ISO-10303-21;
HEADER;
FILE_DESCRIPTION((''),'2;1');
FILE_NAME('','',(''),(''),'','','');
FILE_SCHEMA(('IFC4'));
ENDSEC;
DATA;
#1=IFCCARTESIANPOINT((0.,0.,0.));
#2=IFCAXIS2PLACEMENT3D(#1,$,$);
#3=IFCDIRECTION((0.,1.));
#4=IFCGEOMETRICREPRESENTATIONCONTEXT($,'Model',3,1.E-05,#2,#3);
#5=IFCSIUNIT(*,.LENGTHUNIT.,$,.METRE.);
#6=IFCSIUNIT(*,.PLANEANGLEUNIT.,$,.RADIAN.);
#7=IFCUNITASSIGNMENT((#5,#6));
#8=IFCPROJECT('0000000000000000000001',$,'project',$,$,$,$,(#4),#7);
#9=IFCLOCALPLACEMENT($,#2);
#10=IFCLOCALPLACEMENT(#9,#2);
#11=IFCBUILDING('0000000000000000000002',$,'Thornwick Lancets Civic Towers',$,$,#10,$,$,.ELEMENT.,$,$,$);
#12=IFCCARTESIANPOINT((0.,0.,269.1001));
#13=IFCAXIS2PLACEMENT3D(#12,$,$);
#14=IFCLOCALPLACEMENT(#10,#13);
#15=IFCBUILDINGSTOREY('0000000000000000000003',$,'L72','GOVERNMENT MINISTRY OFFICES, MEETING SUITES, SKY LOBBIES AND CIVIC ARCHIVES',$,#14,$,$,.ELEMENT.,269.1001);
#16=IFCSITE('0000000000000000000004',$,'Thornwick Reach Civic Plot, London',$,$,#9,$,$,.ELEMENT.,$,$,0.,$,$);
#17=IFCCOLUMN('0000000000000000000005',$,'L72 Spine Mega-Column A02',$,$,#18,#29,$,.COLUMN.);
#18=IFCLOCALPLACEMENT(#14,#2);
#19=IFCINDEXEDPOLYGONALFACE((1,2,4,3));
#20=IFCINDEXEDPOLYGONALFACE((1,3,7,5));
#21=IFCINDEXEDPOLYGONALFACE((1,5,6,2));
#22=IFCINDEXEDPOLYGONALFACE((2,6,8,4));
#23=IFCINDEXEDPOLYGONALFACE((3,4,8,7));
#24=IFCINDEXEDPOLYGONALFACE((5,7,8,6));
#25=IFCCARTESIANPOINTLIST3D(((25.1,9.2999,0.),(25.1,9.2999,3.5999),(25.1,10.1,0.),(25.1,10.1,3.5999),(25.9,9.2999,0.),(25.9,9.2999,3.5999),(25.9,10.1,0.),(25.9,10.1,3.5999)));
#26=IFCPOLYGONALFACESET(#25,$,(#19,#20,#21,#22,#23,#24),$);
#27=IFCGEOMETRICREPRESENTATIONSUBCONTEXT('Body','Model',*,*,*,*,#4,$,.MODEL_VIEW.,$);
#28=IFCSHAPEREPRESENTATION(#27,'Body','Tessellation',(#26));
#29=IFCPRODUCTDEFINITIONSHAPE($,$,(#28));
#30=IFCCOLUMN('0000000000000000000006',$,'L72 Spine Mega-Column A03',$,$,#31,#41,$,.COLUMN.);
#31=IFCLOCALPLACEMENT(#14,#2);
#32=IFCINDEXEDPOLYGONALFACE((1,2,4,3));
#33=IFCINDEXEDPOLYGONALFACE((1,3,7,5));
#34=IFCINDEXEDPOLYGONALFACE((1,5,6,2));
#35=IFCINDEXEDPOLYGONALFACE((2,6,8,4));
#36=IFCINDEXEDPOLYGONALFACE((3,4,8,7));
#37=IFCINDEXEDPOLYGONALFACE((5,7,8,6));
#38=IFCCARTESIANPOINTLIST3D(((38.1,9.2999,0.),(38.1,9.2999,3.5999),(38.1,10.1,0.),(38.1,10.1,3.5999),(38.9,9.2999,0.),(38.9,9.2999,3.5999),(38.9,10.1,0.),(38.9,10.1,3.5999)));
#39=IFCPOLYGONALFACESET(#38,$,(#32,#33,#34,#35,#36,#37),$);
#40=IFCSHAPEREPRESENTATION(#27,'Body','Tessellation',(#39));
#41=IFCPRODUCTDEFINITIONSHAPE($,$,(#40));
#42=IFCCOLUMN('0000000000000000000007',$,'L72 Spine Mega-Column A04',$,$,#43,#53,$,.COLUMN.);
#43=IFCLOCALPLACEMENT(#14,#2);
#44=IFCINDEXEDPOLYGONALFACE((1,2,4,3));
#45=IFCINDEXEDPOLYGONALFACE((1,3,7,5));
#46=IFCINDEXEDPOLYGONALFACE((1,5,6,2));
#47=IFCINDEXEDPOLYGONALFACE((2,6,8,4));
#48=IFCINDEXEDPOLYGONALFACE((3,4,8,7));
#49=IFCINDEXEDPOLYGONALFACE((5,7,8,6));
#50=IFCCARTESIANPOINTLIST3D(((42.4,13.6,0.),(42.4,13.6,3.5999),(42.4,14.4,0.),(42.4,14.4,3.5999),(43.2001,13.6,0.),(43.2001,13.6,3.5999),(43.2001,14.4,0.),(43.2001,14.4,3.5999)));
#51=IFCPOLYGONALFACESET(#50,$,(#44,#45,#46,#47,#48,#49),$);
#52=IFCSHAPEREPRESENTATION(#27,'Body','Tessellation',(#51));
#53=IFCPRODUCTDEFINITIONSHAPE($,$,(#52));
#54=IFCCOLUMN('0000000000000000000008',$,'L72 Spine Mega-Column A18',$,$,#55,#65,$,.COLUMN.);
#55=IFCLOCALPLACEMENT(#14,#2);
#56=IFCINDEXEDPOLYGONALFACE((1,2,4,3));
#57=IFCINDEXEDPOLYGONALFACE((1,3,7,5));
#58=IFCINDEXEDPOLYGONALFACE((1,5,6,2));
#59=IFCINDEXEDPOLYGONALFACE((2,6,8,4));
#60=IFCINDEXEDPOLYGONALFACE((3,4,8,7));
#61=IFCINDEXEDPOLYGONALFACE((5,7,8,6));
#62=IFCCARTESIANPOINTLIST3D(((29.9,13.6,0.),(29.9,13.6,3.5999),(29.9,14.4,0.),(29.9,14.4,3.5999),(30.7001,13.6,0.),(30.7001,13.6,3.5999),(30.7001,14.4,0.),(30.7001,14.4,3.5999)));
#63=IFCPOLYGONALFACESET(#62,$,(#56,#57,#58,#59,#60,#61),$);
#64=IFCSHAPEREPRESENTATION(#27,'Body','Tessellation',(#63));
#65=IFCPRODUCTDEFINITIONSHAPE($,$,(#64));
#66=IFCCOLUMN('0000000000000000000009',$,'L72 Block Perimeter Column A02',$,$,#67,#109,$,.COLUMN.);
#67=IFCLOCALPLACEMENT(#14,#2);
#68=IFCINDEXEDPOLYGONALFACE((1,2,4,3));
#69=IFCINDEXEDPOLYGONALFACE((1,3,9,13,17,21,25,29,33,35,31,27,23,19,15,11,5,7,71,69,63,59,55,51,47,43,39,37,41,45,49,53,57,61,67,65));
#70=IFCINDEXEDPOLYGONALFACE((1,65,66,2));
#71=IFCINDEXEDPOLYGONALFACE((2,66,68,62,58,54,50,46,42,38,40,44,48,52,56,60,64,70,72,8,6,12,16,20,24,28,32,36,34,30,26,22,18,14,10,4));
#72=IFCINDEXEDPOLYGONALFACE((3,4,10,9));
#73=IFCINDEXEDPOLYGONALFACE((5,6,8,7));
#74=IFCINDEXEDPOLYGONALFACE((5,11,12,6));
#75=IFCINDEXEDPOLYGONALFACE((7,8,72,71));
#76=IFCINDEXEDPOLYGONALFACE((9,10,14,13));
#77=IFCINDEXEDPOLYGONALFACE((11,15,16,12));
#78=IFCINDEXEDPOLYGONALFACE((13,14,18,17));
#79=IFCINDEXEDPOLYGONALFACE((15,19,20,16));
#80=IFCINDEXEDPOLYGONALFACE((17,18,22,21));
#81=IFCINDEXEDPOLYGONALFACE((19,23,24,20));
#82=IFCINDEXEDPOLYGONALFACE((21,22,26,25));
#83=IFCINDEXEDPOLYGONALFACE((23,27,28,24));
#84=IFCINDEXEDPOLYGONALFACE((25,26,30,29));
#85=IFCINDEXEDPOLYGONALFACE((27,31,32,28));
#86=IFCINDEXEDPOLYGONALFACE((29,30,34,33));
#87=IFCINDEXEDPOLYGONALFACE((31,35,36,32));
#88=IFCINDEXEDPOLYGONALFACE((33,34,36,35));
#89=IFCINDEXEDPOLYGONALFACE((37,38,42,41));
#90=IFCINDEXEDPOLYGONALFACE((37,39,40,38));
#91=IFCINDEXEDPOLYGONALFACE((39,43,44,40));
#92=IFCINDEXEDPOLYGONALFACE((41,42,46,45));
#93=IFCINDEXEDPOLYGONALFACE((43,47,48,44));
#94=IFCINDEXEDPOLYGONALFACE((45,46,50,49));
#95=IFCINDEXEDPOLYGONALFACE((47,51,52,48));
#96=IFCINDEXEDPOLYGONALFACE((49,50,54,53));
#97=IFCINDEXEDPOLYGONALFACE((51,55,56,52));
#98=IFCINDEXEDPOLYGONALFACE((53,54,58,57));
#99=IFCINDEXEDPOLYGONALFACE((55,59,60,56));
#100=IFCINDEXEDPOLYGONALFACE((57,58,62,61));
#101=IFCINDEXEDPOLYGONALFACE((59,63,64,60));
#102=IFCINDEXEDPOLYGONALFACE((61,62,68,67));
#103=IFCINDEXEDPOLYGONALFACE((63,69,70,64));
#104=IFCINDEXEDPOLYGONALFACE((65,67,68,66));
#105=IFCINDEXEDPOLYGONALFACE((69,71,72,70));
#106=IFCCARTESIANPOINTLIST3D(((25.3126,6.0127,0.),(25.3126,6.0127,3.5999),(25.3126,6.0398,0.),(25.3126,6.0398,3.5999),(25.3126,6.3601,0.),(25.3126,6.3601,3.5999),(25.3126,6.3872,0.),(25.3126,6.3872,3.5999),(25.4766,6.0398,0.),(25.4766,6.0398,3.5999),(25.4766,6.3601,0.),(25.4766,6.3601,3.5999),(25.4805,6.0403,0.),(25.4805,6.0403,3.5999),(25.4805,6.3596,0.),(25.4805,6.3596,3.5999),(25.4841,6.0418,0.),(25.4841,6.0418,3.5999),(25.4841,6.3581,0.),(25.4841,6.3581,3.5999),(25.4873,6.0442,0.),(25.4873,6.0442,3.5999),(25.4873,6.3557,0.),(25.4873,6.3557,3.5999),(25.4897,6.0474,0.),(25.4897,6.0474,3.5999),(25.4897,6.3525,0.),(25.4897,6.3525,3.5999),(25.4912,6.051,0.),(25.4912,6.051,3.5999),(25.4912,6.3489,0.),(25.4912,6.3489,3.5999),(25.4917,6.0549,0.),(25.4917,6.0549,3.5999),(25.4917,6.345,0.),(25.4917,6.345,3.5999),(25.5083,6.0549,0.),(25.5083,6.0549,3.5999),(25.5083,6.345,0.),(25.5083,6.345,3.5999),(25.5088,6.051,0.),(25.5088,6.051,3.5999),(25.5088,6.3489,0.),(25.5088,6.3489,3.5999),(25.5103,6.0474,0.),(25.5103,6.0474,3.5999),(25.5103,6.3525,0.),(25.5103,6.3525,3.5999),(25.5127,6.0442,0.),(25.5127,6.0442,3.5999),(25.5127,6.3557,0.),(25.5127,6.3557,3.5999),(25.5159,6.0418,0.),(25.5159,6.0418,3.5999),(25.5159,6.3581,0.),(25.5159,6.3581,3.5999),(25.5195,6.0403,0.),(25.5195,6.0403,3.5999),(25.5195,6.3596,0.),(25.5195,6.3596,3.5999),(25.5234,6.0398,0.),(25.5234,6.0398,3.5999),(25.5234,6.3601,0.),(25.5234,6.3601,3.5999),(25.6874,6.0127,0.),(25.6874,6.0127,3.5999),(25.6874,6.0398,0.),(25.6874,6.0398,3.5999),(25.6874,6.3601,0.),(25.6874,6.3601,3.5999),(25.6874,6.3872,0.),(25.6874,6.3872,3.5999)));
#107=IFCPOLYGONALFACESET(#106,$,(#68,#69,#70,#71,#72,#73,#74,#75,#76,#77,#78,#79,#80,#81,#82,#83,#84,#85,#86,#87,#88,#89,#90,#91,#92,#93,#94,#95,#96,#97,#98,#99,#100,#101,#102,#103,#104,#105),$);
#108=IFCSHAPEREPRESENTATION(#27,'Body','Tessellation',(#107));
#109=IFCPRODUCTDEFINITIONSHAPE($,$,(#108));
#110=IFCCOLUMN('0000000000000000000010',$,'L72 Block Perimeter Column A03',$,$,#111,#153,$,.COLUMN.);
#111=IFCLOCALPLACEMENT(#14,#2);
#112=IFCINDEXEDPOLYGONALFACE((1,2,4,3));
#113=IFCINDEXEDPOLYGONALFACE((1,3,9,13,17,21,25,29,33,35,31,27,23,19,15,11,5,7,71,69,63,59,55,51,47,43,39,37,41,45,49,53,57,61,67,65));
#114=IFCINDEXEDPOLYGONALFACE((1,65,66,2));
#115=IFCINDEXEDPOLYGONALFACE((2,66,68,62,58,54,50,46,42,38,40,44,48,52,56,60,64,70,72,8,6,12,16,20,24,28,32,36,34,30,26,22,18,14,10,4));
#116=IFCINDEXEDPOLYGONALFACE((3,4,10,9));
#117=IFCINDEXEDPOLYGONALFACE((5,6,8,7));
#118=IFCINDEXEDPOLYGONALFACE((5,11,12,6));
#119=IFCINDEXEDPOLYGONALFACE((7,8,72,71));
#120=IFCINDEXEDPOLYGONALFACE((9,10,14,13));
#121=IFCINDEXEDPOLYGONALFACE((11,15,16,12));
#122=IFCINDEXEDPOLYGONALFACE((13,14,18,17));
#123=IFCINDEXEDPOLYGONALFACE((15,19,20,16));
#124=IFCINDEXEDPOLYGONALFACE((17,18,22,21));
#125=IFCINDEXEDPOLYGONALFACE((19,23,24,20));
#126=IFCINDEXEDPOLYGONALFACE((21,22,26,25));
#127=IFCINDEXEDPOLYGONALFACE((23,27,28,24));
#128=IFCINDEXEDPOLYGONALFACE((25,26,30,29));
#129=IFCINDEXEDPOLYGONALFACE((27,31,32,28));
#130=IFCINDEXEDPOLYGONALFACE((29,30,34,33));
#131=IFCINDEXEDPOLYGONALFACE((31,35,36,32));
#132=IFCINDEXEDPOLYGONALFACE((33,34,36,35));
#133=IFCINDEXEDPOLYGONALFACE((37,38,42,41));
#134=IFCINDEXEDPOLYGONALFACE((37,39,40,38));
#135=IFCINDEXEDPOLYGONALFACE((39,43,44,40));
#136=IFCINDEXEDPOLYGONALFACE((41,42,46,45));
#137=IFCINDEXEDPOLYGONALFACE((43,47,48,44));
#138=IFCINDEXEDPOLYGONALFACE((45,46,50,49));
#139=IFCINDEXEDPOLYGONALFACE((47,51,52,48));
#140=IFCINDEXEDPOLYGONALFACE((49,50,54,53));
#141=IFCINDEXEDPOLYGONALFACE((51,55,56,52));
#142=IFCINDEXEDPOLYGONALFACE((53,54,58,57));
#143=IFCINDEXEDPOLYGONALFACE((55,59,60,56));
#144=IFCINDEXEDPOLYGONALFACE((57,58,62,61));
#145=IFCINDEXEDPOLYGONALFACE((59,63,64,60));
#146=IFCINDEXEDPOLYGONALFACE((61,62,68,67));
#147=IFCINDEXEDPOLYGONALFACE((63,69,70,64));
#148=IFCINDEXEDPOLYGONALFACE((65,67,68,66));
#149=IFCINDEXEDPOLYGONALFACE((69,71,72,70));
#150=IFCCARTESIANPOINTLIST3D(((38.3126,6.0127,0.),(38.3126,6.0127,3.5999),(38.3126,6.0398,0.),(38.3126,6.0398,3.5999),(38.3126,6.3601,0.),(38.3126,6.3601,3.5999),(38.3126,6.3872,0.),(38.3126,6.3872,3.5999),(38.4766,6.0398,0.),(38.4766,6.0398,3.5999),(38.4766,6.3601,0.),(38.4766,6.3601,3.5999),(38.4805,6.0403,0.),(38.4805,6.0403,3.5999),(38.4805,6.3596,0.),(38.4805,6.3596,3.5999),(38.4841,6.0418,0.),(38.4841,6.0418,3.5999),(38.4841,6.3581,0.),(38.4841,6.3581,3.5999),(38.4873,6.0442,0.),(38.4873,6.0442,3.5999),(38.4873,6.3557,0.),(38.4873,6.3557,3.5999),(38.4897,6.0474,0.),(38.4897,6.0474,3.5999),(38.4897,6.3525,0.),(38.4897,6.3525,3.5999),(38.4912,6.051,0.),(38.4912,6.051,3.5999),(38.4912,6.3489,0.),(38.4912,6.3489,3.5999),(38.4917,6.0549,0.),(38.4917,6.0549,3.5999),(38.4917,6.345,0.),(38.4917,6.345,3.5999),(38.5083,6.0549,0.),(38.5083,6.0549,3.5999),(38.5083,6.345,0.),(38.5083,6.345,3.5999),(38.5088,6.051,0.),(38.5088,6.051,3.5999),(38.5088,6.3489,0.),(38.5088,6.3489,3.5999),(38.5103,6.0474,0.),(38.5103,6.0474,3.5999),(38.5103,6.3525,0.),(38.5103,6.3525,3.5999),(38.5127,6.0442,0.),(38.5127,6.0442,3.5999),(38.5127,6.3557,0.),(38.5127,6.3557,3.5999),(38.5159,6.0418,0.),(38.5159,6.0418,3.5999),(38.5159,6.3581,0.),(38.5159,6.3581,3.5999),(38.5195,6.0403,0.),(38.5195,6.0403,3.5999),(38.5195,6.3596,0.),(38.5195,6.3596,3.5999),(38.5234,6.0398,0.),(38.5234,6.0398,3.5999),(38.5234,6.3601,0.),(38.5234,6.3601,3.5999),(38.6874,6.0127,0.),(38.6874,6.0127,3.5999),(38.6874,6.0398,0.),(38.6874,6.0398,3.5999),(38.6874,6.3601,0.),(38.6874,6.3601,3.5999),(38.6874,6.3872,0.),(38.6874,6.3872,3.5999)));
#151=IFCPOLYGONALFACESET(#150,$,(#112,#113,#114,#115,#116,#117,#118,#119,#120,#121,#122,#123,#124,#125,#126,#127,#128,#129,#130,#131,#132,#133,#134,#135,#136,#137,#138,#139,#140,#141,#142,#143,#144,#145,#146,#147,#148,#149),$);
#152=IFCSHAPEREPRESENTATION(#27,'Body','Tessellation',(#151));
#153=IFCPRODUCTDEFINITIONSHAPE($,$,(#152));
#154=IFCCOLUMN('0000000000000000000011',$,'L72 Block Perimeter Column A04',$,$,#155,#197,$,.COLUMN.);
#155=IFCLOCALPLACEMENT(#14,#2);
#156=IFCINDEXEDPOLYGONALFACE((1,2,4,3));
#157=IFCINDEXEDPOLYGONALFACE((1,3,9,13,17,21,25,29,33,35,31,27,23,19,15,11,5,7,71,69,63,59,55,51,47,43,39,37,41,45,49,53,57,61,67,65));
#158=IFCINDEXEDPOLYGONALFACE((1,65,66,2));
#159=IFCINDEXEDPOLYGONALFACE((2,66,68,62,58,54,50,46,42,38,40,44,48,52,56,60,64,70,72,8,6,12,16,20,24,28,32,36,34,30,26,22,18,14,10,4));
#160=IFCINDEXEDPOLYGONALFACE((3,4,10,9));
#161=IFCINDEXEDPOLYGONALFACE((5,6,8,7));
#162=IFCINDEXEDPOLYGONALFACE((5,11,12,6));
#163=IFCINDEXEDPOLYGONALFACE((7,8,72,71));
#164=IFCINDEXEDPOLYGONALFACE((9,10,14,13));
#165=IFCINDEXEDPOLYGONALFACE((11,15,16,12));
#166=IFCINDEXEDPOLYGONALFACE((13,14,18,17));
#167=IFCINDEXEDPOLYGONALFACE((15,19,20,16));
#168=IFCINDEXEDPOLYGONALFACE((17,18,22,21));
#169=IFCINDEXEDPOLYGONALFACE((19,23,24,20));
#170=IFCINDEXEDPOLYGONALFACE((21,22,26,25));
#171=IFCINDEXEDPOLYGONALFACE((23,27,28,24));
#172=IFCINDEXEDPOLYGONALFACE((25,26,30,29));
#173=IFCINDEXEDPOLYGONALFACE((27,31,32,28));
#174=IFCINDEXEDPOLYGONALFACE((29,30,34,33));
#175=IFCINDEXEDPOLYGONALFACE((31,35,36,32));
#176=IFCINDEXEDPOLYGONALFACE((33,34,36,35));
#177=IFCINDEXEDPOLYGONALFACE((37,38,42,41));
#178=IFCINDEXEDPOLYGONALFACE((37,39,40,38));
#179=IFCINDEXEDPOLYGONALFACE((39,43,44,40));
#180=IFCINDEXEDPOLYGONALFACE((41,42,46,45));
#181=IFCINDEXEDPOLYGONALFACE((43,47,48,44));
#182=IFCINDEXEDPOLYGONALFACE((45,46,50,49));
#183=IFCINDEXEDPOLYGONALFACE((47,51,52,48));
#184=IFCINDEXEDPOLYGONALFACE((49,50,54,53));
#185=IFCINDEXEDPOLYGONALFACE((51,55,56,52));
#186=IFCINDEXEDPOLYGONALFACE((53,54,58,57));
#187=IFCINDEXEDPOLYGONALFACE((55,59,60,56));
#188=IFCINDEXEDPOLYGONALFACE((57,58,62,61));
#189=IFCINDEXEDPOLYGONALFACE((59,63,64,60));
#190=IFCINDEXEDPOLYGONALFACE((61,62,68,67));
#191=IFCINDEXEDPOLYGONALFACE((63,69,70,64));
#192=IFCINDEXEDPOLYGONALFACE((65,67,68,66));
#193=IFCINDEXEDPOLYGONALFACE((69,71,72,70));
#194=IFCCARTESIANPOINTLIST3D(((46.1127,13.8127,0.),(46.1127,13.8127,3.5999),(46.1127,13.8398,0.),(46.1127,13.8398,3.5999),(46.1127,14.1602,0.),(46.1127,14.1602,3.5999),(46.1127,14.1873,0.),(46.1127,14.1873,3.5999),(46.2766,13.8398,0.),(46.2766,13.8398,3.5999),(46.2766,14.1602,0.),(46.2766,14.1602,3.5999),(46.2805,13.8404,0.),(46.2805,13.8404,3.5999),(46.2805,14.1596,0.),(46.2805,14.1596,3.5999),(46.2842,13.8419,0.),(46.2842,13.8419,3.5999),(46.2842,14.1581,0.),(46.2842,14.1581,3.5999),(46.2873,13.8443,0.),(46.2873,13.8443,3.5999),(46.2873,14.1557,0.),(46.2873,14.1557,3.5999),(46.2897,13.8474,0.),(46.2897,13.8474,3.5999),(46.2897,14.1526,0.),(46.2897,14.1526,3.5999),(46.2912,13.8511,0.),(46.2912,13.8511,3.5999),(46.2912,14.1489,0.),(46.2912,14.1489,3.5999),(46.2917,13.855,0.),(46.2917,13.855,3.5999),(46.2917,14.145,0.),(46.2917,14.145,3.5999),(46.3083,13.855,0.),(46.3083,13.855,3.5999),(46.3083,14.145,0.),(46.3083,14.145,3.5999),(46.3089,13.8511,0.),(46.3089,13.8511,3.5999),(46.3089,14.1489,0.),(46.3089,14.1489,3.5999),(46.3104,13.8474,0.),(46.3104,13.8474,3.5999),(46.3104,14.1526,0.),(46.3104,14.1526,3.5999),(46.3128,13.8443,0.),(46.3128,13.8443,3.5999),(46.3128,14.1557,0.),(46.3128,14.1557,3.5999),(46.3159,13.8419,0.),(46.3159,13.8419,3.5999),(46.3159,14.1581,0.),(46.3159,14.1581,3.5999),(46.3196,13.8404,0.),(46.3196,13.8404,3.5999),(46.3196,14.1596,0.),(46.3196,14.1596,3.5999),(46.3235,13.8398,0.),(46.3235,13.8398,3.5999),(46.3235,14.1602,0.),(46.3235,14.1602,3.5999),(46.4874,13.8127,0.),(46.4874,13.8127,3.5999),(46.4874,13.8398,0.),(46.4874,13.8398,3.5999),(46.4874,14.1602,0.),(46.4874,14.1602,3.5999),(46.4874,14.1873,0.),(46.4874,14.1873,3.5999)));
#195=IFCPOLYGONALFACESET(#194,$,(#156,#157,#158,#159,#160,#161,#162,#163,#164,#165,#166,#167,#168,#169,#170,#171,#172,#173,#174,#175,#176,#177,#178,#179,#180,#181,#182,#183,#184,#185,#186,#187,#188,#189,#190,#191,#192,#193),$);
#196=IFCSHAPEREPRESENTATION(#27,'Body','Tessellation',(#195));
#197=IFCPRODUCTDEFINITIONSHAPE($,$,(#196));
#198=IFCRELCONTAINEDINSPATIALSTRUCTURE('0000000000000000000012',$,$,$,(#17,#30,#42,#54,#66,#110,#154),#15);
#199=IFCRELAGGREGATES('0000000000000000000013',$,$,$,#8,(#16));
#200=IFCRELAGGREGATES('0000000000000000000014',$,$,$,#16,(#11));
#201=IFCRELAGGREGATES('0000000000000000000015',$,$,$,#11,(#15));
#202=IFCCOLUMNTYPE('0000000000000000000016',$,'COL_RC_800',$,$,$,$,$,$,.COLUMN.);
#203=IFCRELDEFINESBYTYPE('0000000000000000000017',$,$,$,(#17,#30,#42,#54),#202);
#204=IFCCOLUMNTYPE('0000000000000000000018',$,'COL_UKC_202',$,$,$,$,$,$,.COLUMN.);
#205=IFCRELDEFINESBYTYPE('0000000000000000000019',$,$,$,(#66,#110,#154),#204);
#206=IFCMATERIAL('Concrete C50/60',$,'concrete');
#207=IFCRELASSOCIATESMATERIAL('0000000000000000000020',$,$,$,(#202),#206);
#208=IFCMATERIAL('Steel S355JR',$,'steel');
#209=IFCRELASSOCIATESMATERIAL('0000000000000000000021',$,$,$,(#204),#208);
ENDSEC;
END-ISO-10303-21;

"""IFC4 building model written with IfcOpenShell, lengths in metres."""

from ifc_helpers import new_model, si_unit, direction, frame, origin, origin_2d, place, context, subcontext, project, spatial, rectangle, i_section, extrude, material, material_profile, profile_set, type_object, element, save


model = new_model("IFC4")

# Units and contexts
model_context = context("Model", 3, precision=1e-05, world=origin(), true_north=direction((0.0, 1.0)))
body_context = subcontext(model_context, "Body", "Model", "MODEL_VIEW")
ifc_project = project(units=[si_unit("LENGTHUNIT", "METRE"), si_unit("PLANEANGLEUNIT", "RADIAN")], contexts=[model_context])

# Site, building, storey
site_placement = place(None, origin())
site = spatial("IfcSite", under=ifc_project, at=site_placement, Name="Thornwick Reach Civic Plot, London", CompositionType="ELEMENT", RefElevation=0.0)
building_placement = place(site_placement, origin())
building = spatial("IfcBuilding", under=site, at=building_placement, Name="Thornwick Lancets Civic Towers", CompositionType="ELEMENT")
storey_placement = place(building_placement, frame((0.0, 0.0, 269.1001)))
storey = spatial("IfcBuildingStorey", under=building, at=storey_placement, Name="L72", Description="GOVERNMENT MINISTRY OFFICES, MEETING SUITES, SKY LOBBIES AND CIVIC ARCHIVES", CompositionType="ELEMENT", Elevation=269.1001)

# Columns
ifc_material_1 = material(Name="Concrete C50/60", Category="concrete")
ifc_material_profile_1 = material_profile(ifc_material_1, rectangle(XDim=0.8, YDim=0.8, at=origin_2d()), Name="RC 800x800")
ifc_profile_set_1 = profile_set([ifc_material_profile_1], Name="Concrete C50/60")
column_type_1 = type_object("IfcColumnType", Name="COL_RC_800", PredefinedType="COLUMN", material=ifc_profile_set_1)
for number, where, z_axis, x_axis, name in (
    (1, (25.5, 9.7, 0.0), (0.0, 0.0, 1.0), (1.0, 0.0, 0.0), "L72 Spine Mega-Column A02"),
    (2, (38.5, 9.7, 0.0), (0.0, 0.0, 1.0), (1.0, 0.0, 0.0), "L72 Spine Mega-Column A03"),
    (3, (42.8, 14.0, 0.0), (0.0, 0.0, 1.0), (1.0, 0.0, 0.0), "L72 Spine Mega-Column A04"),
    (4, (30.3, 14.0, 0.0), (0.0, 0.0, 1.0), (1.0, 0.0, 0.0), "L72 Spine Mega-Column A18"),
):
    element("IfcColumn", number, at=place(storey_placement, frame(where, z_axis=z_axis, x_axis=x_axis)), inside=storey, type_object=column_type_1, Name=name, PredefinedType="COLUMN", context=body_context, shape_type="SweptSolid", body=[
        extrude(rectangle(XDim=0.8, YDim=0.8, at=origin_2d()), origin(), (0.0, 0.0, 1.0), 3.5999),
    ])
ifc_material_2 = material(Name="Steel S355JR", Category="steel")
ifc_material_profile_2 = material_profile(ifc_material_2, i_section(OverallWidth=0.3748, OverallDepth=0.3745, WebThickness=0.0166, FlangeThickness=0.0271, FilletRadius=0.0151, at=origin_2d()), Name="UKC 356x368x202")
ifc_profile_set_2 = profile_set([ifc_material_profile_2], Name="Steel S355JR")
column_type_2 = type_object("IfcColumnType", Name="COL_UKC_202", PredefinedType="COLUMN", material=ifc_profile_set_2)
for number, where, z_axis, x_axis, name in (
    (5, (25.5, 6.2, 0.0), (0.0, 0.0, 1.0), (1.0, 0.0, 0.0), "L72 Block Perimeter Column A02"),
    (6, (38.5, 6.2, 0.0), (0.0, 0.0, 1.0), (1.0, 0.0, 0.0), "L72 Block Perimeter Column A03"),
    (7, (46.3, 14.0, 0.0), (0.0, 0.0, 1.0), (1.0, 0.0, 0.0), "L72 Block Perimeter Column A04"),
):
    element("IfcColumn", number, at=place(storey_placement, frame(where, z_axis=z_axis, x_axis=x_axis)), inside=storey, type_object=column_type_2, Name=name, PredefinedType="COLUMN", context=body_context, shape_type="SweptSolid", body=[
        extrude(i_section(OverallWidth=0.3748, OverallDepth=0.3745, WebThickness=0.0166, FlangeThickness=0.0271, FilletRadius=0.0151, at=origin_2d()), origin(), (0.0, 0.0, 1.0), 3.5999),
    ])

save(model, "model.ifc")
